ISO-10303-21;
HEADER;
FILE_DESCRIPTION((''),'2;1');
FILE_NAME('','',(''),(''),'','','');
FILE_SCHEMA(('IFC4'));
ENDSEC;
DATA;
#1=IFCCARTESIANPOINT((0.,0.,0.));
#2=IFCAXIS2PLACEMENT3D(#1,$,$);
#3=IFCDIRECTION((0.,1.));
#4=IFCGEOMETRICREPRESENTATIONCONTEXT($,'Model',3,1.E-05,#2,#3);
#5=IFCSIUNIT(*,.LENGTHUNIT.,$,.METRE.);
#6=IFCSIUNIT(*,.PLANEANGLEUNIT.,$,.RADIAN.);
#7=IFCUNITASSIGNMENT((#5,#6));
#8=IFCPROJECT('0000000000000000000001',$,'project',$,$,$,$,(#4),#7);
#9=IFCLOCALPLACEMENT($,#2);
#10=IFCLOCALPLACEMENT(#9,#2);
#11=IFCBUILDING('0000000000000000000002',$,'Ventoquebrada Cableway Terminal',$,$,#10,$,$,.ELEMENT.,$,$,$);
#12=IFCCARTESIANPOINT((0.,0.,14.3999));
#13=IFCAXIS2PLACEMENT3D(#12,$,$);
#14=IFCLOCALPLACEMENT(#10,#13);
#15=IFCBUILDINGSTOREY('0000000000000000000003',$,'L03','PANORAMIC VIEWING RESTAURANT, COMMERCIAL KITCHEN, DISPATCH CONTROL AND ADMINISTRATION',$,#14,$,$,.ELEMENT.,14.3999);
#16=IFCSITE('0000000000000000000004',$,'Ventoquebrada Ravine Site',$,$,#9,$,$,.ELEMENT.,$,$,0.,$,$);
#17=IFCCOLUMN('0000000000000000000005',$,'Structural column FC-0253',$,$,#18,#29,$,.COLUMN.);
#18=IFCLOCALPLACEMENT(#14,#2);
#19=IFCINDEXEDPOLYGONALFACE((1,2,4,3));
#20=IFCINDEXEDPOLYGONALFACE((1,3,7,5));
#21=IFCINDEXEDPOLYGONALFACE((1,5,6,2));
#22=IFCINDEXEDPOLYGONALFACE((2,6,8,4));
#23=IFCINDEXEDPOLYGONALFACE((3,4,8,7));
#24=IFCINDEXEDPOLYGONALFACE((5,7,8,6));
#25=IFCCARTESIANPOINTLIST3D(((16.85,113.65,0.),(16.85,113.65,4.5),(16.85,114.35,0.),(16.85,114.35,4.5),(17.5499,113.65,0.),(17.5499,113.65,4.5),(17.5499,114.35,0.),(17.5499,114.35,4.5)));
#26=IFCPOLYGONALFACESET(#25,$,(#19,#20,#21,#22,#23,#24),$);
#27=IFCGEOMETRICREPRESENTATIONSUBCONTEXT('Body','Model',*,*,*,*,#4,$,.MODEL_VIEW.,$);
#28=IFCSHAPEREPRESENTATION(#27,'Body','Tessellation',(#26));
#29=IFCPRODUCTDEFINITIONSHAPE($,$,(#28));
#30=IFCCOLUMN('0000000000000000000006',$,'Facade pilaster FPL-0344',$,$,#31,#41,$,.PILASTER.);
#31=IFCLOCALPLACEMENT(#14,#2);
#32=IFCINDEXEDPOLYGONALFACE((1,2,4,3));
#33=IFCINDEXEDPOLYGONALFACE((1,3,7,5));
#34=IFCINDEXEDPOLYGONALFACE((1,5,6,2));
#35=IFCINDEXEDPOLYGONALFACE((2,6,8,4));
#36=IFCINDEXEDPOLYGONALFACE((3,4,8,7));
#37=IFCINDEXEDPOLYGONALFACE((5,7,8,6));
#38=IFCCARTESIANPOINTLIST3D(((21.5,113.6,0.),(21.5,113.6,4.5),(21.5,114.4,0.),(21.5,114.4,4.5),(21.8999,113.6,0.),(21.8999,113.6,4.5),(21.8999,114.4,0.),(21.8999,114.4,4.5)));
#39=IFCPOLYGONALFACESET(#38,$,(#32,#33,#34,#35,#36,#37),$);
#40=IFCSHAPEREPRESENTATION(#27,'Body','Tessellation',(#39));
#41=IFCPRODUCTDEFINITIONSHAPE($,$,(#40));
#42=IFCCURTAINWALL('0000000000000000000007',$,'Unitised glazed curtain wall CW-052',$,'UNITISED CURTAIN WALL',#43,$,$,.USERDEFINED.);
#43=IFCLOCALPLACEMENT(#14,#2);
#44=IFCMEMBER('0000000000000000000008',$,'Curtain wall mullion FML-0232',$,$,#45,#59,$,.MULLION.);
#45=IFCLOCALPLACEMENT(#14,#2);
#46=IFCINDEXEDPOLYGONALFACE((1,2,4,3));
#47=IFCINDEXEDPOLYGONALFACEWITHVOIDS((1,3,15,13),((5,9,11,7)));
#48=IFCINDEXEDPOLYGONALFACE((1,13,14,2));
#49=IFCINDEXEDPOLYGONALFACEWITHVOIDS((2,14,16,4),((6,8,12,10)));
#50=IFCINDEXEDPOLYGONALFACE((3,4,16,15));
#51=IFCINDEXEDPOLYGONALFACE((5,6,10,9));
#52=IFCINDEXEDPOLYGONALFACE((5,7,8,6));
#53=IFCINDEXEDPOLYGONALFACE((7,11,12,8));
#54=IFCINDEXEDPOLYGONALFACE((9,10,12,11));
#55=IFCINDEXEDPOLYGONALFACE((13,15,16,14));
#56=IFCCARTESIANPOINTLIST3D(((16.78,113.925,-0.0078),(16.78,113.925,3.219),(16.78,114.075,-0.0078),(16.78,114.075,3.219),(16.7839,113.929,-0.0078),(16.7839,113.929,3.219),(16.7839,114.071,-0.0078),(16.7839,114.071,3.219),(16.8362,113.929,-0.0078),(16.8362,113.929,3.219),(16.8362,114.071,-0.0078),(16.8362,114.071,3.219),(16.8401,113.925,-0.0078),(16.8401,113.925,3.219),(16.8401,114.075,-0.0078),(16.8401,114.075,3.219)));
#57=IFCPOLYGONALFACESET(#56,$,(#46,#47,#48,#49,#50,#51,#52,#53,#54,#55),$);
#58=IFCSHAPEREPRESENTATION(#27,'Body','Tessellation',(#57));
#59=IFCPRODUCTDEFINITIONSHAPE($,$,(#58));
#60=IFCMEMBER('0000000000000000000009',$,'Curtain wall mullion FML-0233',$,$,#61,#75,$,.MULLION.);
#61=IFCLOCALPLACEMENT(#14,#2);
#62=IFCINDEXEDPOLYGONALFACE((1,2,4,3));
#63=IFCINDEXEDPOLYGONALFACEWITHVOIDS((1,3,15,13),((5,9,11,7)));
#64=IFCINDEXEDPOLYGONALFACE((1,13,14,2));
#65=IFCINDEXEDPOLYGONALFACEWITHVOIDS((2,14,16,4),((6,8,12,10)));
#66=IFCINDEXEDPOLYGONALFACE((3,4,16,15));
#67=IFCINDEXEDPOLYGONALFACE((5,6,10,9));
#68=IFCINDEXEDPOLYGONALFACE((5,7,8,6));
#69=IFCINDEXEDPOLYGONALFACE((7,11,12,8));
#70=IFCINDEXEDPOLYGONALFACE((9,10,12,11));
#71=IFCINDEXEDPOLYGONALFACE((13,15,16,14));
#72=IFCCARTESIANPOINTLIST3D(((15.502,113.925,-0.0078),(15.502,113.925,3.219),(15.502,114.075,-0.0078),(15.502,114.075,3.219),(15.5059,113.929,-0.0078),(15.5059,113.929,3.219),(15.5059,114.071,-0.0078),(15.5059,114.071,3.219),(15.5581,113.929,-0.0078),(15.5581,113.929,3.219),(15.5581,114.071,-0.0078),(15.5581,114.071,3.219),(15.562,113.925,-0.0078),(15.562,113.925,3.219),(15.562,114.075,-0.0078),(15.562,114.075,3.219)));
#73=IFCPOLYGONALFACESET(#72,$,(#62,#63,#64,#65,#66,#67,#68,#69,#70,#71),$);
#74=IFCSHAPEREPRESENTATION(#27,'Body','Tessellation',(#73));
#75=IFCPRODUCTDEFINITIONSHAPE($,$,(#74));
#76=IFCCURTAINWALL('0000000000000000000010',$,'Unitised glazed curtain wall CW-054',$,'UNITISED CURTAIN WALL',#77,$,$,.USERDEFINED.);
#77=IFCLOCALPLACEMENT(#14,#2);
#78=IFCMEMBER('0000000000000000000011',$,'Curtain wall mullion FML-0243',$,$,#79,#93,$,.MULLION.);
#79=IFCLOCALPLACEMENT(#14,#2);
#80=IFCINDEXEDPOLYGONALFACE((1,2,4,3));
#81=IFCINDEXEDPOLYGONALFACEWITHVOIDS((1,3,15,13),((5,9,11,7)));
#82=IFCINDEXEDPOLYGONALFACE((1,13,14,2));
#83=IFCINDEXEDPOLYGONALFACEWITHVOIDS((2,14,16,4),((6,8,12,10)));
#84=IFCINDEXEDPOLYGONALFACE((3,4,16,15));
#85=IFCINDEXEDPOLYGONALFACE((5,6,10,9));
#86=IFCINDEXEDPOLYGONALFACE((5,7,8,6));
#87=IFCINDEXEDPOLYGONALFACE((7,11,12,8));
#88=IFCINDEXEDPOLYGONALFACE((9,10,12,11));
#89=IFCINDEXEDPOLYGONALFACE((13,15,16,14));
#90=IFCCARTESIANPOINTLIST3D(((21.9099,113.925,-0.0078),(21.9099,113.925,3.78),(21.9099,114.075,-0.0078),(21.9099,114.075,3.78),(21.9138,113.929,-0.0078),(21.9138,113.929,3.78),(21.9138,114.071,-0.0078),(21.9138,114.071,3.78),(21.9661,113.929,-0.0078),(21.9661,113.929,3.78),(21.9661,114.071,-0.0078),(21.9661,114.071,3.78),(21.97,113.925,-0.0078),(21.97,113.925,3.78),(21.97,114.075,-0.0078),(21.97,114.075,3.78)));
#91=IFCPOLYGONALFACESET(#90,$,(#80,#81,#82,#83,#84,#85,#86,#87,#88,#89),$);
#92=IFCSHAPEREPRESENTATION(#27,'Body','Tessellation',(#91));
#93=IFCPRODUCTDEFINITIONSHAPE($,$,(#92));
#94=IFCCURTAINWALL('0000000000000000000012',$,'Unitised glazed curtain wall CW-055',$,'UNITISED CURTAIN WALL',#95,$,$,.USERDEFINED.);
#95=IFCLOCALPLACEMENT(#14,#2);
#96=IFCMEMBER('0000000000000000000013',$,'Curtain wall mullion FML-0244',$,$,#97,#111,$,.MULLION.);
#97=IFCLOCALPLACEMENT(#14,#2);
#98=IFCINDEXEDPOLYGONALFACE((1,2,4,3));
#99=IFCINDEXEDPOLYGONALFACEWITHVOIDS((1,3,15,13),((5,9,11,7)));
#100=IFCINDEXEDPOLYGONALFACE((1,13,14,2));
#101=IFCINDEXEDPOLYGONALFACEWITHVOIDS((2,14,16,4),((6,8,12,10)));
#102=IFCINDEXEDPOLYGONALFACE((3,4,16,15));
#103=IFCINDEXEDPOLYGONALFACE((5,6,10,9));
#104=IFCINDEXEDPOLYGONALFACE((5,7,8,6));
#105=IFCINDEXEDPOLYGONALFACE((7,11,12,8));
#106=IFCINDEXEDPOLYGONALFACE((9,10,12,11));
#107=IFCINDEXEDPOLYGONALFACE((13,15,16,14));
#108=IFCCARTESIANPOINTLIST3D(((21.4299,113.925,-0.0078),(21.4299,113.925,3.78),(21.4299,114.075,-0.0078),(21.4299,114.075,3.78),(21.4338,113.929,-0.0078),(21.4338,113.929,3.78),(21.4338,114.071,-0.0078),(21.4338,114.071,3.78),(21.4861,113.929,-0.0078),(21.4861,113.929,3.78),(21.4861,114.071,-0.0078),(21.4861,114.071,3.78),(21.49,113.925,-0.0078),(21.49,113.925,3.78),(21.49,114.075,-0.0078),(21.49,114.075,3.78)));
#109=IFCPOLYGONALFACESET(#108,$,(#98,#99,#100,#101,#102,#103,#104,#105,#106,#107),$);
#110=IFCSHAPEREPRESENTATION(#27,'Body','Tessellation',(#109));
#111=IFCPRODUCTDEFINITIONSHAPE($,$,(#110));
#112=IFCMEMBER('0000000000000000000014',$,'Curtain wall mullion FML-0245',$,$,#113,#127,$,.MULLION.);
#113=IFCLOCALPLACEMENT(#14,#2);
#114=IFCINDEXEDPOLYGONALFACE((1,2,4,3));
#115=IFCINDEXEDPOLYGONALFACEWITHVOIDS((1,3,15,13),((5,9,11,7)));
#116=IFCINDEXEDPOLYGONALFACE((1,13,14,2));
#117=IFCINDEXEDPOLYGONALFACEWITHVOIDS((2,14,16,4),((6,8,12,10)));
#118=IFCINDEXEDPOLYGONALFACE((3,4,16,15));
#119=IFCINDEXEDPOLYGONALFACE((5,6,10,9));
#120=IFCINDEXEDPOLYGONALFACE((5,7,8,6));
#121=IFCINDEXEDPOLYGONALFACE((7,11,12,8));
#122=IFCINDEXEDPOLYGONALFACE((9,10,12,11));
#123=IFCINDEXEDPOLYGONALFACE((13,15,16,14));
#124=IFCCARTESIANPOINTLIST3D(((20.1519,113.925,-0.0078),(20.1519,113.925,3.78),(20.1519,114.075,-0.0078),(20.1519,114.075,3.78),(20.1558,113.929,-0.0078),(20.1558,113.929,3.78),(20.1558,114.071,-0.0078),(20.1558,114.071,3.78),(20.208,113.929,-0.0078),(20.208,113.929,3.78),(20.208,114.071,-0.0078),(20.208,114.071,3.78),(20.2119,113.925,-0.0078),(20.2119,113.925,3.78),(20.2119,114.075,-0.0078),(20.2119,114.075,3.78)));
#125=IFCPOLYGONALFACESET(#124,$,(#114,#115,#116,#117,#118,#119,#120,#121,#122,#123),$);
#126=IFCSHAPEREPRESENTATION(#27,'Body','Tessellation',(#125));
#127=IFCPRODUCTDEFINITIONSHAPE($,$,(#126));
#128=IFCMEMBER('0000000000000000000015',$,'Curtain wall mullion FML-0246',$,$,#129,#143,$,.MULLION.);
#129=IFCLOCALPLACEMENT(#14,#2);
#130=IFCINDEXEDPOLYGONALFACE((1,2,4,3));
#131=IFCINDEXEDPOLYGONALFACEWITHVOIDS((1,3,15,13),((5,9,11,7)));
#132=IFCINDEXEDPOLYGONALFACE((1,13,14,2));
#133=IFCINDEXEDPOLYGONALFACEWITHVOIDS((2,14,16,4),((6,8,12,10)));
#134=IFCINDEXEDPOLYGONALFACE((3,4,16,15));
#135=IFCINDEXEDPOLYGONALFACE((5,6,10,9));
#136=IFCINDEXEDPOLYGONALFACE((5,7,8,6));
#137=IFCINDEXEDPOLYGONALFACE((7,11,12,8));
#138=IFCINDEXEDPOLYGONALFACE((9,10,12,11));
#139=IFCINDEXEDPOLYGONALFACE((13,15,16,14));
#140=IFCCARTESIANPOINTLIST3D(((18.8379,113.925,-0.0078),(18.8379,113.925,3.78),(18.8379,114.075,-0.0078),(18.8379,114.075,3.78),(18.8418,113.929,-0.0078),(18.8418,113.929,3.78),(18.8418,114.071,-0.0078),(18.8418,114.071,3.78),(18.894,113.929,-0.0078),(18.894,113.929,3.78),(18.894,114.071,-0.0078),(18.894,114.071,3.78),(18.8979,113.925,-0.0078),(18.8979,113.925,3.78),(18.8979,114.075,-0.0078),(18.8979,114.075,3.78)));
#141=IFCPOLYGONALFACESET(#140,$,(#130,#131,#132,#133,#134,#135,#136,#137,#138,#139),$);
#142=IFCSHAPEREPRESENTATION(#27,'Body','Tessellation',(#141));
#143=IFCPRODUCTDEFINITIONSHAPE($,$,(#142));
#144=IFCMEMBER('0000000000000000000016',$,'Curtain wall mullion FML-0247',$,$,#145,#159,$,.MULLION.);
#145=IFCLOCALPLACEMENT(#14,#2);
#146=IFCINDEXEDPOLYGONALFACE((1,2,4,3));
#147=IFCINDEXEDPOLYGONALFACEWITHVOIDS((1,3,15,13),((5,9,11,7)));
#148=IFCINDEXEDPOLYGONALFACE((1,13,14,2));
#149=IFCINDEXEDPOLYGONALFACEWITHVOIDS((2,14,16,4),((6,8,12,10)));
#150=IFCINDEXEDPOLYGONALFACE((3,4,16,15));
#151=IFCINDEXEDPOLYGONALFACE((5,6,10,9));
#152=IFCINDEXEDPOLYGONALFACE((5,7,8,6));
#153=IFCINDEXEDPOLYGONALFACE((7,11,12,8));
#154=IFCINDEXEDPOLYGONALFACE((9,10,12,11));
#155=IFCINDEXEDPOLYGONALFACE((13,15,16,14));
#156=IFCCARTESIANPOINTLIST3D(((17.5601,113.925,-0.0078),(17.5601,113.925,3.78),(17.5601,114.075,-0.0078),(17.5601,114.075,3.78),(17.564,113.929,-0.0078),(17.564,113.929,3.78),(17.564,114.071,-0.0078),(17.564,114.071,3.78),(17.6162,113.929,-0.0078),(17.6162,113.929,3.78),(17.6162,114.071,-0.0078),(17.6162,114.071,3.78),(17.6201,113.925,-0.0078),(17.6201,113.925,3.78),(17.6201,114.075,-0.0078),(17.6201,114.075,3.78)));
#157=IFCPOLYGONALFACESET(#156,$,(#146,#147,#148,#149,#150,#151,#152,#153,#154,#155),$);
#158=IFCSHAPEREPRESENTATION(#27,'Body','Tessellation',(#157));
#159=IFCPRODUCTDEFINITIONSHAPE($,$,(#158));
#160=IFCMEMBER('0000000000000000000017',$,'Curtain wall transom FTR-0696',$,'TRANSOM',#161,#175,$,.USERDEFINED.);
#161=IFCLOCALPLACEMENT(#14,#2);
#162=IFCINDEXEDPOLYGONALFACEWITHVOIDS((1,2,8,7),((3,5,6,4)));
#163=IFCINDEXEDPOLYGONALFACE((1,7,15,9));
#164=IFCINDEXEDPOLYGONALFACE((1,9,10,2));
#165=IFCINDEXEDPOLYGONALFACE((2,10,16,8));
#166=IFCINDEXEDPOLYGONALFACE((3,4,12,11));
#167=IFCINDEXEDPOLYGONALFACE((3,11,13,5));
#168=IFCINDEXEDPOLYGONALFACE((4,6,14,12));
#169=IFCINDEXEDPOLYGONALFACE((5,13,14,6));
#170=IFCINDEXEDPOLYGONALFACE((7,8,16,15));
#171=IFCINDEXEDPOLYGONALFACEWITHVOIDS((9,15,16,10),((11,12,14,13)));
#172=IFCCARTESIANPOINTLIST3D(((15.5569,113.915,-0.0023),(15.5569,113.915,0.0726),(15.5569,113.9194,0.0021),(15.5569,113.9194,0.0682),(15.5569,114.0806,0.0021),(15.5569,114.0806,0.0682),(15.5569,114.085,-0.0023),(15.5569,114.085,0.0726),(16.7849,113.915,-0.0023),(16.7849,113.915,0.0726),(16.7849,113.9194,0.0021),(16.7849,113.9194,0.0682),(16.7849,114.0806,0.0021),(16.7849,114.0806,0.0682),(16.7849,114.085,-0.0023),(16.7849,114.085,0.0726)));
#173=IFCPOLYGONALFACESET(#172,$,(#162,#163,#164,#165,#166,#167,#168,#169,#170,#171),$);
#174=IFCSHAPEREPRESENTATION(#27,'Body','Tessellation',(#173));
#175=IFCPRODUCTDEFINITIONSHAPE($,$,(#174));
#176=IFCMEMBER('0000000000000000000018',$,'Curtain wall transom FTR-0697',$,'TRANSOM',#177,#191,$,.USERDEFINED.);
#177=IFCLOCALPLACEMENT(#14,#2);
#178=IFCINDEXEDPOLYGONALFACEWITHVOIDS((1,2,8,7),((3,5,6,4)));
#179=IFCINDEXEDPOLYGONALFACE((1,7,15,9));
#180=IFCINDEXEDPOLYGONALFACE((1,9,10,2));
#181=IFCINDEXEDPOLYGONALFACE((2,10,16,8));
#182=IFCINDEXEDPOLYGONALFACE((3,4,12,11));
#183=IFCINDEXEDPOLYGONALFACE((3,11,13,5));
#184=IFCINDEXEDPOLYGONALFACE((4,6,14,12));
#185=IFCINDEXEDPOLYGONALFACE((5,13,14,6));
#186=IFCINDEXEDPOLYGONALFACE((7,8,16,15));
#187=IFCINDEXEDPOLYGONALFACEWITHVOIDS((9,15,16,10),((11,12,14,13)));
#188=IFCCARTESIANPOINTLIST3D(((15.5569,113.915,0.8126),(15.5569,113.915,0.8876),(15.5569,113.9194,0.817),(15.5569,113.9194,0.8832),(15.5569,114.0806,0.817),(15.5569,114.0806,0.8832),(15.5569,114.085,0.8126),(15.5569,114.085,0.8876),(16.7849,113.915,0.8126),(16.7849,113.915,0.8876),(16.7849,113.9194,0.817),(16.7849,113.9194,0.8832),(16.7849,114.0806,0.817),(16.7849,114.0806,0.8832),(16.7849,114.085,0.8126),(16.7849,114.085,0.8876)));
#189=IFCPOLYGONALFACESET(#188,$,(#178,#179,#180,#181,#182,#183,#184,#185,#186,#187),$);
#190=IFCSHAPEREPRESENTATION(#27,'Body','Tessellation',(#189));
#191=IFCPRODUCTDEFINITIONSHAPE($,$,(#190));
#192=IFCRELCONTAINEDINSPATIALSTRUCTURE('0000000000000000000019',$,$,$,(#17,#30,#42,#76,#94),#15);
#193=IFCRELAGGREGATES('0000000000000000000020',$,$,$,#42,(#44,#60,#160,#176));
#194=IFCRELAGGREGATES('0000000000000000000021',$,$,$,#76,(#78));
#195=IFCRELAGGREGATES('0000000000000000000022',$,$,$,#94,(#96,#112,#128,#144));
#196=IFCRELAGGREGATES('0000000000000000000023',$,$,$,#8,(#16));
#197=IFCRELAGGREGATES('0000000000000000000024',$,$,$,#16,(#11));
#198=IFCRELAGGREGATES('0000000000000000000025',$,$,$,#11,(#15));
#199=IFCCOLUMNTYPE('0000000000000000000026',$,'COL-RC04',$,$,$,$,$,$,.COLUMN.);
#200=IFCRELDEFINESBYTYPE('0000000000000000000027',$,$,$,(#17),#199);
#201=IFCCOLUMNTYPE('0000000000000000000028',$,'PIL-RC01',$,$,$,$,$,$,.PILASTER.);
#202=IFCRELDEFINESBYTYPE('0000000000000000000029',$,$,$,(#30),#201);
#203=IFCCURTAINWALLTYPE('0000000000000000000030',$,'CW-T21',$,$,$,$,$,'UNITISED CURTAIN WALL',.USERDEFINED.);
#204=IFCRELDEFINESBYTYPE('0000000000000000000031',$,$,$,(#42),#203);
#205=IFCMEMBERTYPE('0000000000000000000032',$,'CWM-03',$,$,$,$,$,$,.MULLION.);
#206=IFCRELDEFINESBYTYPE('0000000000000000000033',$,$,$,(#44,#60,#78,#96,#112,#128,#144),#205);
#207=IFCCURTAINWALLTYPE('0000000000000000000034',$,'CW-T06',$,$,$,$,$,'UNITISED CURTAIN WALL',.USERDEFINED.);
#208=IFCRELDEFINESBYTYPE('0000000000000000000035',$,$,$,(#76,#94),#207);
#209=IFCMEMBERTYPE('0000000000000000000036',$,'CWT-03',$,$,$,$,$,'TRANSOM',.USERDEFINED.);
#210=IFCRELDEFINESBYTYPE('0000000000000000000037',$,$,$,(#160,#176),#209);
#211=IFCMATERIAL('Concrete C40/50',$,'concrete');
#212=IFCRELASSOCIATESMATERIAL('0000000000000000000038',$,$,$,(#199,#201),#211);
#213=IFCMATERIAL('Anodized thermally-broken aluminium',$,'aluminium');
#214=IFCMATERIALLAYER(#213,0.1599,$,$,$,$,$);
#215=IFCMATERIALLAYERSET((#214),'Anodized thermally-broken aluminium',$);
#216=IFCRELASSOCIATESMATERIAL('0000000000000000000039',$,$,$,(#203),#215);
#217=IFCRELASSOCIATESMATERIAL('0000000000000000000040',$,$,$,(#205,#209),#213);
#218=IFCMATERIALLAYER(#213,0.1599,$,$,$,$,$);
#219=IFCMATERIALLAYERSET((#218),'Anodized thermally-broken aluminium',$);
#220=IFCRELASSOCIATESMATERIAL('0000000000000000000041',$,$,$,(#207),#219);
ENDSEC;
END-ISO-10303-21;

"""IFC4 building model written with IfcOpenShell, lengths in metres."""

from ifc_helpers import new_model, si_unit, direction, frame, origin, origin_2d, place, context, subcontext, project, spatial, rectangle, hollow_rectangle, extrude, material, layer, layer_set, material_profile, profile_set, type_object, element, aggregate, save


model = new_model("IFC4")

# Units and contexts
model_context = context("Model", 3, precision=1e-05, world=origin(), true_north=direction((0.0, 1.0)))
body_context = subcontext(model_context, "Body", "Model", "MODEL_VIEW")
ifc_project = project(units=[si_unit("LENGTHUNIT", "METRE"), si_unit("PLANEANGLEUNIT", "RADIAN")], contexts=[model_context])

# Site, building, storey
site_placement = place(None, origin())
site = spatial("IfcSite", under=ifc_project, at=site_placement, Name="Ventoquebrada Ravine Site", CompositionType="ELEMENT", RefElevation=0.0)
building_placement = place(site_placement, origin())
building = spatial("IfcBuilding", under=site, at=building_placement, Name="Ventoquebrada Cableway Terminal", CompositionType="ELEMENT")
storey_placement = place(building_placement, frame((0.0, 0.0, 14.3999)))
storey = spatial("IfcBuildingStorey", under=building, at=storey_placement, Name="L03", Description="PANORAMIC VIEWING RESTAURANT, COMMERCIAL KITCHEN, DISPATCH CONTROL AND ADMINISTRATION", CompositionType="ELEMENT", Elevation=14.3999)

# Columns
ifc_material_1 = material(Name="Concrete C40/50", Category="concrete")
ifc_material_profile_1 = material_profile(ifc_material_1, rectangle(XDim=0.7, YDim=0.7, at=origin_2d()), Name="RC-COL-700X700")
ifc_profile_set_1 = profile_set([ifc_material_profile_1], Name="Concrete C40/50")
column_type_1 = type_object("IfcColumnType", Name="COL-RC04", PredefinedType="COLUMN", material=ifc_profile_set_1)
column_1_placement = place(storey_placement, frame((17.2, 114.0, 0.0), z_axis=(0.0, 0.0, 1.0), x_axis=(1.0, 0.0, 0.0)))
element("IfcColumn", 1, at=column_1_placement, inside=storey, type_object=column_type_1, Name="Structural column FC-0253", PredefinedType="COLUMN", context=body_context, shape_type="SweptSolid", body=[
    extrude(rectangle(XDim=0.7, YDim=0.7, at=origin_2d()), origin(), (0.0, 0.0, 1.0), 4.5),
])
ifc_material_profile_2 = material_profile(ifc_material_1, rectangle(XDim=0.3999, YDim=0.8, at=origin_2d()), Name="RC-PIL-400X800")
ifc_profile_set_2 = profile_set([ifc_material_profile_2], Name="Concrete C40/50")
column_type_2 = type_object("IfcColumnType", Name="PIL-RC01", PredefinedType="PILASTER", material=ifc_profile_set_2)
column_2_placement = place(storey_placement, frame((21.7, 114.0, 0.0), z_axis=(0.0, 0.0, 1.0), x_axis=(1.0, 0.0, 0.0)))
element("IfcColumn", 2, at=column_2_placement, inside=storey, type_object=column_type_2, Name="Facade pilaster FPL-0344", PredefinedType="PILASTER", context=body_context, shape_type="SweptSolid", body=[
    extrude(rectangle(XDim=0.3999, YDim=0.8, at=origin_2d()), origin(), (0.0, 0.0, 1.0), 4.5),
])

# Curtain wall, members
ifc_material_2 = material(Name="Anodized thermally-broken aluminium", Category="aluminium")
ifc_layer_1 = layer(ifc_material_2, 0.1599)
ifc_layer_set_1 = layer_set([ifc_layer_1], Name="Anodized thermally-broken aluminium")
curtain_wall_type_1 = type_object("IfcCurtainWallType", Name="CW-T21", ElementType="UNITISED CURTAIN WALL", PredefinedType="USERDEFINED", material=ifc_layer_set_1)
curtain_wall_1_placement = place(storey_placement, origin())
curtain_wall_1 = element("IfcCurtainWall", 3, at=curtain_wall_1_placement, inside=storey, type_object=curtain_wall_type_1, Name="Unitised glazed curtain wall CW-052", ObjectType="UNITISED CURTAIN WALL", PredefinedType="USERDEFINED")
ifc_material_profile_3 = material_profile(ifc_material_2, hollow_rectangle(XDim=0.0601, YDim=0.1499, WallThickness=0.0039, at=origin_2d()), Name="CW-MUL-60X150")
ifc_profile_set_3 = profile_set([ifc_material_profile_3], Name="Anodized thermally-broken aluminium")
member_type_1 = type_object("IfcMemberType", Name="CWM-03", PredefinedType="MULLION", material=ifc_profile_set_3)
member_1_placement = place(storey_placement, frame((16.8101, 114.0, -0.0078), z_axis=(0.0, 0.0, 1.0), x_axis=(-1.0, 0.0, 0.0)))
member_1 = element("IfcMember", 4, at=member_1_placement, type_object=member_type_1, Name="Curtain wall mullion FML-0232", PredefinedType="MULLION", context=body_context, shape_type="SweptSolid", body=[
    extrude(hollow_rectangle(XDim=0.0601, YDim=0.1499, WallThickness=0.0039, at=origin_2d()), origin(), (0.0, 0.0, 1.0), 3.2268),
])
member_2_placement = place(storey_placement, frame((15.532, 114.0, -0.0078), z_axis=(0.0, 0.0, 1.0), x_axis=(-1.0, 0.0, 0.0)))
member_2 = element("IfcMember", 5, at=member_2_placement, type_object=member_type_1, Name="Curtain wall mullion FML-0233", PredefinedType="MULLION", context=body_context, shape_type="SweptSolid", body=[
    extrude(hollow_rectangle(XDim=0.0601, YDim=0.1499, WallThickness=0.0039, at=origin_2d()), origin(), (0.0, 0.0, 1.0), 3.2268),
])

# Curtain wall, member
ifc_layer_2 = layer(ifc_material_2, 0.1599)
ifc_layer_set_2 = layer_set([ifc_layer_2], Name="Anodized thermally-broken aluminium")
curtain_wall_type_2 = type_object("IfcCurtainWallType", Name="CW-T06", ElementType="UNITISED CURTAIN WALL", PredefinedType="USERDEFINED", material=ifc_layer_set_2)
curtain_wall_2_placement = place(storey_placement, origin())
curtain_wall_2 = element("IfcCurtainWall", 6, at=curtain_wall_2_placement, inside=storey, type_object=curtain_wall_type_2, Name="Unitised glazed curtain wall CW-054", ObjectType="UNITISED CURTAIN WALL", PredefinedType="USERDEFINED")
member_3_placement = place(storey_placement, frame((21.9399, 114.0, -0.0078), z_axis=(0.0, 0.0, 1.0), x_axis=(-1.0, 0.0, 0.0)))
member_3 = element("IfcMember", 7, at=member_3_placement, type_object=member_type_1, Name="Curtain wall mullion FML-0243", PredefinedType="MULLION", context=body_context, shape_type="SweptSolid", body=[
    extrude(hollow_rectangle(XDim=0.0601, YDim=0.1499, WallThickness=0.0039, at=origin_2d()), origin(), (0.0, 0.0, 1.0), 3.7878),
])

# Curtain wall, members
curtain_wall_3_placement = place(storey_placement, origin())
curtain_wall_3 = element("IfcCurtainWall", 8, at=curtain_wall_3_placement, inside=storey, type_object=curtain_wall_type_2, Name="Unitised glazed curtain wall CW-055", ObjectType="UNITISED CURTAIN WALL", PredefinedType="USERDEFINED")
member_4_placement = place(storey_placement, frame((21.46, 114.0, -0.0078), z_axis=(0.0, 0.0, 1.0), x_axis=(-1.0, 0.0, 0.0)))
member_4 = element("IfcMember", 9, at=member_4_placement, type_object=member_type_1, Name="Curtain wall mullion FML-0244", PredefinedType="MULLION", context=body_context, shape_type="SweptSolid", body=[
    extrude(hollow_rectangle(XDim=0.0601, YDim=0.1499, WallThickness=0.0039, at=origin_2d()), origin(), (0.0, 0.0, 1.0), 3.7878),
])
member_5_placement = place(storey_placement, frame((20.1819, 114.0, -0.0078), z_axis=(0.0, 0.0, 1.0), x_axis=(-1.0, 0.0, 0.0)))
member_5 = element("IfcMember", 10, at=member_5_placement, type_object=member_type_1, Name="Curtain wall mullion FML-0245", PredefinedType="MULLION", context=body_context, shape_type="SweptSolid", body=[
    extrude(hollow_rectangle(XDim=0.0601, YDim=0.1499, WallThickness=0.0039, at=origin_2d()), origin(), (0.0, 0.0, 1.0), 3.7878),
])
member_6_placement = place(storey_placement, frame((18.8679, 114.0, -0.0078), z_axis=(0.0, 0.0, 1.0), x_axis=(-1.0, 0.0, 0.0)))
member_6 = element("IfcMember", 11, at=member_6_placement, type_object=member_type_1, Name="Curtain wall mullion FML-0246", PredefinedType="MULLION", context=body_context, shape_type="SweptSolid", body=[
    extrude(hollow_rectangle(XDim=0.0601, YDim=0.1499, WallThickness=0.0039, at=origin_2d()), origin(), (0.0, 0.0, 1.0), 3.7878),
])
member_7_placement = place(storey_placement, frame((17.5901, 114.0, -0.0078), z_axis=(0.0, 0.0, 1.0), x_axis=(-1.0, 0.0, 0.0)))
member_7 = element("IfcMember", 12, at=member_7_placement, type_object=member_type_1, Name="Curtain wall mullion FML-0247", PredefinedType="MULLION", context=body_context, shape_type="SweptSolid", body=[
    extrude(hollow_rectangle(XDim=0.0601, YDim=0.1499, WallThickness=0.0039, at=origin_2d()), origin(), (0.0, 0.0, 1.0), 3.7878),
])

# Members
ifc_material_profile_4 = material_profile(ifc_material_2, hollow_rectangle(XDim=0.075, YDim=0.1699, WallThickness=0.0044, at=origin_2d()), Name="CW-TRN-75X170")
ifc_profile_set_4 = profile_set([ifc_material_profile_4], Name="Anodized thermally-broken aluminium")
member_type_2 = type_object("IfcMemberType", Name="CWT-03", ElementType="TRANSOM", PredefinedType="USERDEFINED", material=ifc_profile_set_4)
member_8_placement = place(storey_placement, frame((16.7849, 114.0, 0.0352), z_axis=(-1.0, 0.0, 0.0), x_axis=(0.0, 0.0, 1.0)))
member_8 = element("IfcMember", 13, at=member_8_placement, type_object=member_type_2, Name="Curtain wall transom FTR-0696", ObjectType="TRANSOM", PredefinedType="USERDEFINED", context=body_context, shape_type="SweptSolid", body=[
    extrude(hollow_rectangle(XDim=0.075, YDim=0.1699, WallThickness=0.0044, at=origin_2d()), origin(), (0.0, 0.0, 1.0), 1.228),
])
member_9_placement = place(storey_placement, frame((16.7849, 114.0, 0.8501), z_axis=(-1.0, 0.0, 0.0), x_axis=(0.0, 0.0, 1.0)))
member_9 = element("IfcMember", 14, at=member_9_placement, type_object=member_type_2, Name="Curtain wall transom FTR-0697", ObjectType="TRANSOM", PredefinedType="USERDEFINED", context=body_context, shape_type="SweptSolid", body=[
    extrude(hollow_rectangle(XDim=0.075, YDim=0.1699, WallThickness=0.0044, at=origin_2d()), origin(), (0.0, 0.0, 1.0), 1.228),
])

aggregate(curtain_wall_1, [member_1, member_2, member_8, member_9])
aggregate(curtain_wall_2, [member_3])
aggregate(curtain_wall_3, [member_4, member_5, member_6, member_7])

save(model, "model.ifc")
